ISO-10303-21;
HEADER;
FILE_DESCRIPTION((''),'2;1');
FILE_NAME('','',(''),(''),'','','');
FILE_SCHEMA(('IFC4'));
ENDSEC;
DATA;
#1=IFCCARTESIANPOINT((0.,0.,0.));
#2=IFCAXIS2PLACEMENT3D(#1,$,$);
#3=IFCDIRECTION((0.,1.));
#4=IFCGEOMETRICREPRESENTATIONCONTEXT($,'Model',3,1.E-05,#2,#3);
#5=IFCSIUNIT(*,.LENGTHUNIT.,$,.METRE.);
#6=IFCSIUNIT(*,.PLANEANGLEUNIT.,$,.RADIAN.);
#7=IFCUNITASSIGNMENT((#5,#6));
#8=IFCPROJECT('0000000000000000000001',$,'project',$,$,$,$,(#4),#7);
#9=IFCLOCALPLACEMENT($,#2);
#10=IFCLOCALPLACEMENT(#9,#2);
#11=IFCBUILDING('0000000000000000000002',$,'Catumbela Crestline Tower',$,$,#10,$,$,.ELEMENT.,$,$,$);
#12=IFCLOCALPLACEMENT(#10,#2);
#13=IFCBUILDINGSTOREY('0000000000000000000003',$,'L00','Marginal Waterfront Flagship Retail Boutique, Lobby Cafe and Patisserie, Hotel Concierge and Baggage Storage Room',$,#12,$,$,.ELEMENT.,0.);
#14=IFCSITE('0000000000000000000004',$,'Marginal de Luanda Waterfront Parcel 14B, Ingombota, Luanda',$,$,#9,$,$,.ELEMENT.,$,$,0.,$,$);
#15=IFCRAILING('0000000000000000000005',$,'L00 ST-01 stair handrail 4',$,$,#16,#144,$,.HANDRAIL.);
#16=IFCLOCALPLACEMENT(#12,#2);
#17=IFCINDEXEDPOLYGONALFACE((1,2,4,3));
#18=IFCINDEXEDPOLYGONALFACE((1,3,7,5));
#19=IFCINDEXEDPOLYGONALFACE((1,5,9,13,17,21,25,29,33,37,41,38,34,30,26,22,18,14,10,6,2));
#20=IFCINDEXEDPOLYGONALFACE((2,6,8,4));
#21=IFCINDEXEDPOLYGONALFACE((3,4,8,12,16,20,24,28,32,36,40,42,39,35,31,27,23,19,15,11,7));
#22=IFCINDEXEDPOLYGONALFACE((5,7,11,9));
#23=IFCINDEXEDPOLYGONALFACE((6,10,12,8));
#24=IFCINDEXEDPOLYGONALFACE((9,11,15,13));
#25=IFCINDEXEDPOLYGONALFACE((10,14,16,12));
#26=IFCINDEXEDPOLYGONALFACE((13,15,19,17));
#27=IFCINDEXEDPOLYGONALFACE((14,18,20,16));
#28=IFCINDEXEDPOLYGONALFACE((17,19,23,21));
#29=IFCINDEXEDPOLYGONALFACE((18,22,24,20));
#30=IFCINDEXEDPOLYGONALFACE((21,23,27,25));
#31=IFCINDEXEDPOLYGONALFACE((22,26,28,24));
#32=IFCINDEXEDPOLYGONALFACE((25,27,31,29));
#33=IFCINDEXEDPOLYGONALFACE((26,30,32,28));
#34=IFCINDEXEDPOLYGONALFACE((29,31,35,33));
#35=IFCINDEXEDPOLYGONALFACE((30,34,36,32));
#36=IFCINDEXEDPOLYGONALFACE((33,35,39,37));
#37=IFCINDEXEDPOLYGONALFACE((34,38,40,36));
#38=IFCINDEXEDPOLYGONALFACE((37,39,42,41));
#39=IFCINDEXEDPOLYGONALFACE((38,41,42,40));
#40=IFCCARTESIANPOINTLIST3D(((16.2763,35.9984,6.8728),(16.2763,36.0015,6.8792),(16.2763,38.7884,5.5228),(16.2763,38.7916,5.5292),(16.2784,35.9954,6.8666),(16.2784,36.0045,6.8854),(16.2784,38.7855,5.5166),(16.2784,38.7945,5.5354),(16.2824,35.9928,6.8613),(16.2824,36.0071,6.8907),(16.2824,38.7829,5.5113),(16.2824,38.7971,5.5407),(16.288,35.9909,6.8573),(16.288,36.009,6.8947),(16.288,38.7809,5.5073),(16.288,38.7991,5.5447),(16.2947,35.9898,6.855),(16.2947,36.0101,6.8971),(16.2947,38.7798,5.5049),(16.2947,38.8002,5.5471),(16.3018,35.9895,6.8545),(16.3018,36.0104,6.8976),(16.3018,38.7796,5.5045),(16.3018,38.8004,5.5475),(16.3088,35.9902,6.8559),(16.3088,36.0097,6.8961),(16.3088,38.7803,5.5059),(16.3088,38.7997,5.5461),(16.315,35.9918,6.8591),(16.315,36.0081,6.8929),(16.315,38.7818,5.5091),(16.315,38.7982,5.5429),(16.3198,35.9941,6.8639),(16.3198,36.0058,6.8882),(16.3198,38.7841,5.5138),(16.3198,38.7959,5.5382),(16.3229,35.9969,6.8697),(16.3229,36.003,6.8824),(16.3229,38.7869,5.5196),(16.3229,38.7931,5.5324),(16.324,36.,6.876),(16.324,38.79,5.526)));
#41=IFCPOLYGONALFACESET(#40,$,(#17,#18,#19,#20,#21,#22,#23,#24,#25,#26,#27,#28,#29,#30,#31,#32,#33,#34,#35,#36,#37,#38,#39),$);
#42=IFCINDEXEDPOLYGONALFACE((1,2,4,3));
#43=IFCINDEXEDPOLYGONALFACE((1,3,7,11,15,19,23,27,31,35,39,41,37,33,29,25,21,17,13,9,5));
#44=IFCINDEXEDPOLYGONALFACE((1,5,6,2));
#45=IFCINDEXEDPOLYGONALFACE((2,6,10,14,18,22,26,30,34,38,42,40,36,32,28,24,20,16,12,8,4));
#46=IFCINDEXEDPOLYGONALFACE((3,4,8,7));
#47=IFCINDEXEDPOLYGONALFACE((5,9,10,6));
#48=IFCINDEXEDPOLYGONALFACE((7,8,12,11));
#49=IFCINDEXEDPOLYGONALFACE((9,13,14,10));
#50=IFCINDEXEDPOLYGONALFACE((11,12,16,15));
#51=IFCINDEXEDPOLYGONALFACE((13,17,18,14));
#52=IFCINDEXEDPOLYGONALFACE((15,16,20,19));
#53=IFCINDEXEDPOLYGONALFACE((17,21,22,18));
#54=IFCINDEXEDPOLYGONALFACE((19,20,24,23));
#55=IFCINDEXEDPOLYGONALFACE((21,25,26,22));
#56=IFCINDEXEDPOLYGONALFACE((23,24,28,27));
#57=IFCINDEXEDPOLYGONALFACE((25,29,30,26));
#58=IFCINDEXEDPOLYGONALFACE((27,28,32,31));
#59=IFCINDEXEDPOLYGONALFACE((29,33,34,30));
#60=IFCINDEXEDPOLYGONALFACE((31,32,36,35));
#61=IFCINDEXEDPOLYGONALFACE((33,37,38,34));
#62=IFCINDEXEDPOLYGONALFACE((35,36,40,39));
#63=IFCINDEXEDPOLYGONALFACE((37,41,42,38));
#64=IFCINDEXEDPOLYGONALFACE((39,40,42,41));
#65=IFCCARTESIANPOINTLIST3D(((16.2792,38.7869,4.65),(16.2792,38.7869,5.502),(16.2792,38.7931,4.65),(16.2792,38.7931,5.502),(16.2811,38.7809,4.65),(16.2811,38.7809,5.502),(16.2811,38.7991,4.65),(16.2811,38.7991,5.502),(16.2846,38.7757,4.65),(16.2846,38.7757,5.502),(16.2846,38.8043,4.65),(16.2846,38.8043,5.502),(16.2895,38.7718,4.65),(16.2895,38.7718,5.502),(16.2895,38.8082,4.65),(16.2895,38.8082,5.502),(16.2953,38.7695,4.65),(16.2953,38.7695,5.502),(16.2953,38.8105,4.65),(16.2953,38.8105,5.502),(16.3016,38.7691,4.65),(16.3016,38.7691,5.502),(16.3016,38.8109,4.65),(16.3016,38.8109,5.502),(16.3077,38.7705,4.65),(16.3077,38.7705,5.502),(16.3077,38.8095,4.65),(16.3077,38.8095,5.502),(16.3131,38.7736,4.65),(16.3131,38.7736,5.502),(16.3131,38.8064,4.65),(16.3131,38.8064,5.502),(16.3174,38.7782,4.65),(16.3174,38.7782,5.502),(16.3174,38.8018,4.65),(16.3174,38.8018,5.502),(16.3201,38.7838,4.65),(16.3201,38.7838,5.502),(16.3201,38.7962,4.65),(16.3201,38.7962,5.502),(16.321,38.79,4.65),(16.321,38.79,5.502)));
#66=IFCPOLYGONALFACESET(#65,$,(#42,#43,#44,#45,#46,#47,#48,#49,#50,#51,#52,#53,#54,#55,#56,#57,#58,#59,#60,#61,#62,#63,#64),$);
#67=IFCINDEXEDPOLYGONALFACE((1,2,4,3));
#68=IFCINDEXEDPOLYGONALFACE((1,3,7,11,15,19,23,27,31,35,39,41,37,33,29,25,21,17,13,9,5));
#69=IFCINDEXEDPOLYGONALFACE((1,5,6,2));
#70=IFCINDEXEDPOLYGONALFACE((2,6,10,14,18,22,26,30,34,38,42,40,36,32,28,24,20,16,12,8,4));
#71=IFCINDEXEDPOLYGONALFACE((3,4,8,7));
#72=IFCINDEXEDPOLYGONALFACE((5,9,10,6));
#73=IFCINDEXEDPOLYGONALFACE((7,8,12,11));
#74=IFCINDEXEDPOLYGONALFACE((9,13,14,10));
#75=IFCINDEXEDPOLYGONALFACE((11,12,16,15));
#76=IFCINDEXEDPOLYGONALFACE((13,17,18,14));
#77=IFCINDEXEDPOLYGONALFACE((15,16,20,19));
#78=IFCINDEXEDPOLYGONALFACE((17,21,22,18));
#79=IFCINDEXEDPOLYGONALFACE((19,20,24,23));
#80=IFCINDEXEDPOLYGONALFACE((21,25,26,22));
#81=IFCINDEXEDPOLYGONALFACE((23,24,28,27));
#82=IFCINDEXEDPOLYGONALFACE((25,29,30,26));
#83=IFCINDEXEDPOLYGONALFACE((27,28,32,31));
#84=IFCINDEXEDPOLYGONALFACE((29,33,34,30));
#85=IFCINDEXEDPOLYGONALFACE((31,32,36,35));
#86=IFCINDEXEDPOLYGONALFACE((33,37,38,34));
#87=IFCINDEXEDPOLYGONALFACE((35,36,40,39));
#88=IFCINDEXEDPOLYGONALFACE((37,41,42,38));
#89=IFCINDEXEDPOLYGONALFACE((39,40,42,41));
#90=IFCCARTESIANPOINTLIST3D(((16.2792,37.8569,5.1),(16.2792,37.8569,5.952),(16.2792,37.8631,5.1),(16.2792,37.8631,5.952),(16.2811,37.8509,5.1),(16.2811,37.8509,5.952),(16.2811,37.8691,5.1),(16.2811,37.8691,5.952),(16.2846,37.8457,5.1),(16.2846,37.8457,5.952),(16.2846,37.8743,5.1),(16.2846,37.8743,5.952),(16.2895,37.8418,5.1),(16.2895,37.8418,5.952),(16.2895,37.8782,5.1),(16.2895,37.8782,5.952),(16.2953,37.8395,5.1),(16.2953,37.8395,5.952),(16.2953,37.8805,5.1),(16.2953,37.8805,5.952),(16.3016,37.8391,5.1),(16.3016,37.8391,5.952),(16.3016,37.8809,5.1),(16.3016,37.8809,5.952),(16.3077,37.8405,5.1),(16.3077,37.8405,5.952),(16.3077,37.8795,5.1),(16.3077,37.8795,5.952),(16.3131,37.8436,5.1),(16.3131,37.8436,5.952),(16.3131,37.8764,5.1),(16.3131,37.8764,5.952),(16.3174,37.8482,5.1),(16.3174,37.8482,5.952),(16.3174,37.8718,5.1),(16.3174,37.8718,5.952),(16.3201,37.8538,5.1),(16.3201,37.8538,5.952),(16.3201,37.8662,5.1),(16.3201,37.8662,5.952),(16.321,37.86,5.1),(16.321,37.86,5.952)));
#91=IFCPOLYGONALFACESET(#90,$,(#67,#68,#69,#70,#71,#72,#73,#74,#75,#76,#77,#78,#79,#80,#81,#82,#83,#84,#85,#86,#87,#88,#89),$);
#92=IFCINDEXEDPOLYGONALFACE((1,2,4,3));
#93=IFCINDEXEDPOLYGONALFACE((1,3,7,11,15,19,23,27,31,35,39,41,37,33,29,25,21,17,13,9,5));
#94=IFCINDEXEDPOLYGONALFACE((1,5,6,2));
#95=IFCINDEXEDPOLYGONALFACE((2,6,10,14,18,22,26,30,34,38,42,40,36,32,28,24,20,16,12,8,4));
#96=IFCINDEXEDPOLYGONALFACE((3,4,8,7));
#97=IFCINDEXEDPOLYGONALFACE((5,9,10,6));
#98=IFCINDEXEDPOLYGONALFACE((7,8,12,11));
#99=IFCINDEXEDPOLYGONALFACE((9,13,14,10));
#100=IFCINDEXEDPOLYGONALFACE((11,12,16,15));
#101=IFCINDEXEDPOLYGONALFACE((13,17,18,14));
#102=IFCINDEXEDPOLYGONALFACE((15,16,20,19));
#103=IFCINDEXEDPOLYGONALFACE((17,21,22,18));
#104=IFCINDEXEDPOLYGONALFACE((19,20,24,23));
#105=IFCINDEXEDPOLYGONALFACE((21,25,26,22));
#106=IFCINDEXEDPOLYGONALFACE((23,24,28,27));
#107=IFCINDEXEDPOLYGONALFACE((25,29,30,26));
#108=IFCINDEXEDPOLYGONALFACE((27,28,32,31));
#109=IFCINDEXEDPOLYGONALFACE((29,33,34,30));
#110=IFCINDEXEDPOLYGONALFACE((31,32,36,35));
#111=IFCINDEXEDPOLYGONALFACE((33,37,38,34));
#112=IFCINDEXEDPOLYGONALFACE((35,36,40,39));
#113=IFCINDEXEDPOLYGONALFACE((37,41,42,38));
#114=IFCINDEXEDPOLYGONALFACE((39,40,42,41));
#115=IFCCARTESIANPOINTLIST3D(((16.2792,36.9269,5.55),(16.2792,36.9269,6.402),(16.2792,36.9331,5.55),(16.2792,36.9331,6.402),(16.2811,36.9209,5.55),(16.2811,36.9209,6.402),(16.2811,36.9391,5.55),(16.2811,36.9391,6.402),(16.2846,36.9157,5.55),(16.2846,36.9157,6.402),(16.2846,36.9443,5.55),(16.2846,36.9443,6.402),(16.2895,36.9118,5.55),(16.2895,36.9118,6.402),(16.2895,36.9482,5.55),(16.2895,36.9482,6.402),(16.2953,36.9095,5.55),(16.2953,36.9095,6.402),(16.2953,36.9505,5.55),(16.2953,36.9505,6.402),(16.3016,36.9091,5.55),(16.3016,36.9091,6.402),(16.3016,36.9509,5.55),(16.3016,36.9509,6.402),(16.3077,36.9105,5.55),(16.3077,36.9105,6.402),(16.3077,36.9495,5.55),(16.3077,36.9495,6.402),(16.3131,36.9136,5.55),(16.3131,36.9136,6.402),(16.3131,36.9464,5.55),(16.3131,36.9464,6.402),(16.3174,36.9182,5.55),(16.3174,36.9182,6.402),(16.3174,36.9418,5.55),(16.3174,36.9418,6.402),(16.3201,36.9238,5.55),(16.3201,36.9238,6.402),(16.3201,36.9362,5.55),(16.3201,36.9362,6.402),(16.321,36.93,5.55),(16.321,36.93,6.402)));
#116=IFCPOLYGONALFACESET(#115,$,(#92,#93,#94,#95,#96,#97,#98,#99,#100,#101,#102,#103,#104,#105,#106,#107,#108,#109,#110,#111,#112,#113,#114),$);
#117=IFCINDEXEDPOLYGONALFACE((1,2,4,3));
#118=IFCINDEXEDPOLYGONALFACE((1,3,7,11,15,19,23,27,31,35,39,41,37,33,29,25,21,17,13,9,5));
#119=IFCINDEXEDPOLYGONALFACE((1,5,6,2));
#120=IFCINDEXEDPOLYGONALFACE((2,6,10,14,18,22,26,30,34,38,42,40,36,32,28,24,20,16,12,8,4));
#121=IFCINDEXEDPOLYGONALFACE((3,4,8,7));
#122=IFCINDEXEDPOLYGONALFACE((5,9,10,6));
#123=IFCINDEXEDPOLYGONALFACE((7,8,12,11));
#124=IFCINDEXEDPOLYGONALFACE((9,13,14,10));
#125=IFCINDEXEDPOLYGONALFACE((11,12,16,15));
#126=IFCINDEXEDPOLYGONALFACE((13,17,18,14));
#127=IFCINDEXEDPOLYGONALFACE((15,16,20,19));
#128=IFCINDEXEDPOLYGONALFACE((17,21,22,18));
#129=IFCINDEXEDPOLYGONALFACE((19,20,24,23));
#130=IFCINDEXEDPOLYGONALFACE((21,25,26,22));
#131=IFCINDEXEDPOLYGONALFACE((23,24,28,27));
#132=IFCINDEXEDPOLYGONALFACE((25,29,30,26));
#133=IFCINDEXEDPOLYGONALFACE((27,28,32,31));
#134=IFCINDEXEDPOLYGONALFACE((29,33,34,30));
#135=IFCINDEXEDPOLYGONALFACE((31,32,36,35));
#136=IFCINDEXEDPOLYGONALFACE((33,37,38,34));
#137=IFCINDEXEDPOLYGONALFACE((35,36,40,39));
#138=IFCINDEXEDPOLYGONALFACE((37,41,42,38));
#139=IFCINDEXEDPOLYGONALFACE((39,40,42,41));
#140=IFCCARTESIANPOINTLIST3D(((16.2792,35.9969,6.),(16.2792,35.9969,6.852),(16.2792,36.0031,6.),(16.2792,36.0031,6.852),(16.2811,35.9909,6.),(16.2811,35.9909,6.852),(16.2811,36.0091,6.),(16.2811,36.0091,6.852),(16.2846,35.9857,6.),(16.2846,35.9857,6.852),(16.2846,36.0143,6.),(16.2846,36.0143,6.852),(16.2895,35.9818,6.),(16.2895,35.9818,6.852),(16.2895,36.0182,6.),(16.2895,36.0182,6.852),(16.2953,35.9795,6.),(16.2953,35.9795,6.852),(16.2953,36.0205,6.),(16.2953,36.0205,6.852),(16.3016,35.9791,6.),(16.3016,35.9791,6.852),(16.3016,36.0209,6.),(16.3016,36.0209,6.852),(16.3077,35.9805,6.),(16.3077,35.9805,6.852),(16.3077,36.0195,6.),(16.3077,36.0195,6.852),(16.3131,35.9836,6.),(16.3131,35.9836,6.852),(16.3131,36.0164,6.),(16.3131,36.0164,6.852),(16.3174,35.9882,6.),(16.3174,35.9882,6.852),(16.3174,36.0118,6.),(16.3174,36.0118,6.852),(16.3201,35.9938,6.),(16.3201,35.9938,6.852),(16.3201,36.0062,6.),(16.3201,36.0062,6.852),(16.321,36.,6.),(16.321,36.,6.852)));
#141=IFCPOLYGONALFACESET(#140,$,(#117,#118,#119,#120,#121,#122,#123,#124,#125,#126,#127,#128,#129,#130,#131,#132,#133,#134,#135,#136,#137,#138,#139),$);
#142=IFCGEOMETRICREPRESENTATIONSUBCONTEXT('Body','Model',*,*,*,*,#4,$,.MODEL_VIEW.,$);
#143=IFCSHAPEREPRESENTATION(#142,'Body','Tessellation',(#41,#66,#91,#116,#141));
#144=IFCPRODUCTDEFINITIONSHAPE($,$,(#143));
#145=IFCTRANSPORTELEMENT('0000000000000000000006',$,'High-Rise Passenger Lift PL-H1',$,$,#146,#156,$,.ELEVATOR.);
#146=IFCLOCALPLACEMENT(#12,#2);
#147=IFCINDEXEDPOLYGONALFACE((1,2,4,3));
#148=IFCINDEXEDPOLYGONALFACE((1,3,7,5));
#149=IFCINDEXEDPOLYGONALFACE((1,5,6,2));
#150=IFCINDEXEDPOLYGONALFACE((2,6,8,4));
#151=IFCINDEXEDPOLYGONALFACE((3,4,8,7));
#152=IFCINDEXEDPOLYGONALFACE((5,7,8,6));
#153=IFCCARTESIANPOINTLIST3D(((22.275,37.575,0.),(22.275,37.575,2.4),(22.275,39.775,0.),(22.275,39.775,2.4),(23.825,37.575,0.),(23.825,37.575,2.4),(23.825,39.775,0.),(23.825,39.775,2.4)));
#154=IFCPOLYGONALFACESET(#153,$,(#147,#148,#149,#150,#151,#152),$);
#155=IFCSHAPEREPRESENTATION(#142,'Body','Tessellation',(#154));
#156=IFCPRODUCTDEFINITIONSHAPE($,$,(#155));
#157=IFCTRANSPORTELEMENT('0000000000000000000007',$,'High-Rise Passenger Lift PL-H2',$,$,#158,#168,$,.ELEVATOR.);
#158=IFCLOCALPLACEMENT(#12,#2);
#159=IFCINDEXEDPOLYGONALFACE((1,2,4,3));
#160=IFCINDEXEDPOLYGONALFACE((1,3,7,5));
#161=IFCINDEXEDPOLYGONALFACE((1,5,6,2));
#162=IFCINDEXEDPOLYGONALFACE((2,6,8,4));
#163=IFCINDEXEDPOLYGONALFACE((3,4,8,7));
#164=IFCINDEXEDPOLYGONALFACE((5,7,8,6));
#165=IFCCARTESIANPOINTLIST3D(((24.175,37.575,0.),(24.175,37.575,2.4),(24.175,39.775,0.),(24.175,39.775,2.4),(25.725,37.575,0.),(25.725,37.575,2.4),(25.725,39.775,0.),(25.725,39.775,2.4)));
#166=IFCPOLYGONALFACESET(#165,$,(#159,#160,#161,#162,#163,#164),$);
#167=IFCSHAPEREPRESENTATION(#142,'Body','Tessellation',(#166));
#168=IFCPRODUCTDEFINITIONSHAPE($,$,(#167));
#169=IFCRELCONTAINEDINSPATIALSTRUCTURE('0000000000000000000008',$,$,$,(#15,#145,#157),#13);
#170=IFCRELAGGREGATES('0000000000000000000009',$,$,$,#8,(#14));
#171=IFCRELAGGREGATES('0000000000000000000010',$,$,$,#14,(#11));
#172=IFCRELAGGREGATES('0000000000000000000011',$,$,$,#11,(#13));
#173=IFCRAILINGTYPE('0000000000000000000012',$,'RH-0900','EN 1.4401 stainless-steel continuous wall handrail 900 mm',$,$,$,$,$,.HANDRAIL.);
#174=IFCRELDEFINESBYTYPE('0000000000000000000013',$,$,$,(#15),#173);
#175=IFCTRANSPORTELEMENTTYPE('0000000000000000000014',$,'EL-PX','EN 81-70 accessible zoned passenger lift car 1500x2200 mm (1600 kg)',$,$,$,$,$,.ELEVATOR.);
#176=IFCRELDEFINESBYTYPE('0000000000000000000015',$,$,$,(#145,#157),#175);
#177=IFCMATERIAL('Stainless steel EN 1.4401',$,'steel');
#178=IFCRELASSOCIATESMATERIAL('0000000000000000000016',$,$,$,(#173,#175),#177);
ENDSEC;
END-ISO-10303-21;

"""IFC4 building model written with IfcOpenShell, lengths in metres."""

from ifc_helpers import new_model, si_unit, direction, frame, origin, origin_2d, place, context, subcontext, project, spatial, rectangle, circle, extrude, material, type_object, element, save


model = new_model("IFC4")

# Units and contexts
model_context = context("Model", 3, precision=1e-05, world=origin(), true_north=direction((0.0, 1.0)))
body_context = subcontext(model_context, "Body", "Model", "MODEL_VIEW")
ifc_project = project(units=[si_unit("LENGTHUNIT", "METRE"), si_unit("PLANEANGLEUNIT", "RADIAN")], contexts=[model_context])

# Site, building, storey
site_placement = place(None, origin())
site = spatial("IfcSite", under=ifc_project, at=site_placement, Name="Marginal de Luanda Waterfront Parcel 14B, Ingombota, Luanda", CompositionType="ELEMENT", RefElevation=0.0)
building_placement = place(site_placement, origin())
building = spatial("IfcBuilding", under=site, at=building_placement, Name="Catumbela Crestline Tower", CompositionType="ELEMENT")
storey_placement = place(building_placement, origin())
storey = spatial("IfcBuildingStorey", under=building, at=storey_placement, Name="L00", Description="Marginal Waterfront Flagship Retail Boutique, Lobby Cafe and Patisserie, Hotel Concierge and Baggage Storage Room", CompositionType="ELEMENT", Elevation=0.0)

# Railing
ifc_material_1 = material(Name="Stainless steel EN 1.4401", Category="steel")
railing_type_1 = type_object("IfcRailingType", Name="RH-0900", Description="EN 1.4401 stainless-steel continuous wall handrail 900 mm", PredefinedType="HANDRAIL", material=ifc_material_1)
for number, where, name in (
    (1, (16.3, 38.79, 4.65), "L00 ST-01 stair handrail 4"),
):
    element("IfcRailing", number, at=place(storey_placement, frame(where)), inside=storey, type_object=railing_type_1, Name=name, PredefinedType="HANDRAIL", context=body_context, shape_type="SweptSolid", body=[
        extrude(circle(Radius=0.024, at=origin_2d()), frame((0.0, 0.0, 0.876), z_axis=(0.0, -0.900159, 0.435561), x_axis=(1.0, 0.0, 0.0)), (0.0, 0.0, 1.0), 3.0995),
        extrude(circle(Radius=0.021, at=origin_2d()), origin(), (0.0, 0.0, 1.0), 0.852),
        extrude(circle(Radius=0.021, at=origin_2d()), frame((0.0, -0.93, 0.45)), (0.0, 0.0, 1.0), 0.852),
        extrude(circle(Radius=0.021, at=origin_2d()), frame((0.0, -1.86, 0.9)), (0.0, 0.0, 1.0), 0.852),
        extrude(circle(Radius=0.021, at=origin_2d()), frame((0.0, -2.79, 1.35)), (0.0, 0.0, 1.0), 0.852),
    ])

# Transport elements
transport_element_type = type_object("IfcTransportElementType", Name="EL-PX", Description="EN 81-70 accessible zoned passenger lift car 1500x2200 mm (1600 kg)", PredefinedType="ELEVATOR", material=ifc_material_1)
for number, where, z_axis, x_axis, name in (
    (2, (23.05, 38.675, 0.0), (0.0, 0.0, 1.0), (1.0, 0.0, 0.0), "High-Rise Passenger Lift PL-H1"),
    (3, (24.95, 38.675, 0.0), (0.0, 0.0, 1.0), (1.0, 0.0, 0.0), "High-Rise Passenger Lift PL-H2"),
):
    element("IfcTransportElement", number, at=place(storey_placement, frame(where, z_axis=z_axis, x_axis=x_axis)), inside=storey, type_object=transport_element_type, Name=name, PredefinedType="ELEVATOR", context=body_context, shape_type="SweptSolid", body=[
        extrude(rectangle(XDim=1.55, YDim=2.2, at=origin_2d()), origin(), (0.0, 0.0, 1.0), 2.4),
    ])

save(model, "model.ifc")
